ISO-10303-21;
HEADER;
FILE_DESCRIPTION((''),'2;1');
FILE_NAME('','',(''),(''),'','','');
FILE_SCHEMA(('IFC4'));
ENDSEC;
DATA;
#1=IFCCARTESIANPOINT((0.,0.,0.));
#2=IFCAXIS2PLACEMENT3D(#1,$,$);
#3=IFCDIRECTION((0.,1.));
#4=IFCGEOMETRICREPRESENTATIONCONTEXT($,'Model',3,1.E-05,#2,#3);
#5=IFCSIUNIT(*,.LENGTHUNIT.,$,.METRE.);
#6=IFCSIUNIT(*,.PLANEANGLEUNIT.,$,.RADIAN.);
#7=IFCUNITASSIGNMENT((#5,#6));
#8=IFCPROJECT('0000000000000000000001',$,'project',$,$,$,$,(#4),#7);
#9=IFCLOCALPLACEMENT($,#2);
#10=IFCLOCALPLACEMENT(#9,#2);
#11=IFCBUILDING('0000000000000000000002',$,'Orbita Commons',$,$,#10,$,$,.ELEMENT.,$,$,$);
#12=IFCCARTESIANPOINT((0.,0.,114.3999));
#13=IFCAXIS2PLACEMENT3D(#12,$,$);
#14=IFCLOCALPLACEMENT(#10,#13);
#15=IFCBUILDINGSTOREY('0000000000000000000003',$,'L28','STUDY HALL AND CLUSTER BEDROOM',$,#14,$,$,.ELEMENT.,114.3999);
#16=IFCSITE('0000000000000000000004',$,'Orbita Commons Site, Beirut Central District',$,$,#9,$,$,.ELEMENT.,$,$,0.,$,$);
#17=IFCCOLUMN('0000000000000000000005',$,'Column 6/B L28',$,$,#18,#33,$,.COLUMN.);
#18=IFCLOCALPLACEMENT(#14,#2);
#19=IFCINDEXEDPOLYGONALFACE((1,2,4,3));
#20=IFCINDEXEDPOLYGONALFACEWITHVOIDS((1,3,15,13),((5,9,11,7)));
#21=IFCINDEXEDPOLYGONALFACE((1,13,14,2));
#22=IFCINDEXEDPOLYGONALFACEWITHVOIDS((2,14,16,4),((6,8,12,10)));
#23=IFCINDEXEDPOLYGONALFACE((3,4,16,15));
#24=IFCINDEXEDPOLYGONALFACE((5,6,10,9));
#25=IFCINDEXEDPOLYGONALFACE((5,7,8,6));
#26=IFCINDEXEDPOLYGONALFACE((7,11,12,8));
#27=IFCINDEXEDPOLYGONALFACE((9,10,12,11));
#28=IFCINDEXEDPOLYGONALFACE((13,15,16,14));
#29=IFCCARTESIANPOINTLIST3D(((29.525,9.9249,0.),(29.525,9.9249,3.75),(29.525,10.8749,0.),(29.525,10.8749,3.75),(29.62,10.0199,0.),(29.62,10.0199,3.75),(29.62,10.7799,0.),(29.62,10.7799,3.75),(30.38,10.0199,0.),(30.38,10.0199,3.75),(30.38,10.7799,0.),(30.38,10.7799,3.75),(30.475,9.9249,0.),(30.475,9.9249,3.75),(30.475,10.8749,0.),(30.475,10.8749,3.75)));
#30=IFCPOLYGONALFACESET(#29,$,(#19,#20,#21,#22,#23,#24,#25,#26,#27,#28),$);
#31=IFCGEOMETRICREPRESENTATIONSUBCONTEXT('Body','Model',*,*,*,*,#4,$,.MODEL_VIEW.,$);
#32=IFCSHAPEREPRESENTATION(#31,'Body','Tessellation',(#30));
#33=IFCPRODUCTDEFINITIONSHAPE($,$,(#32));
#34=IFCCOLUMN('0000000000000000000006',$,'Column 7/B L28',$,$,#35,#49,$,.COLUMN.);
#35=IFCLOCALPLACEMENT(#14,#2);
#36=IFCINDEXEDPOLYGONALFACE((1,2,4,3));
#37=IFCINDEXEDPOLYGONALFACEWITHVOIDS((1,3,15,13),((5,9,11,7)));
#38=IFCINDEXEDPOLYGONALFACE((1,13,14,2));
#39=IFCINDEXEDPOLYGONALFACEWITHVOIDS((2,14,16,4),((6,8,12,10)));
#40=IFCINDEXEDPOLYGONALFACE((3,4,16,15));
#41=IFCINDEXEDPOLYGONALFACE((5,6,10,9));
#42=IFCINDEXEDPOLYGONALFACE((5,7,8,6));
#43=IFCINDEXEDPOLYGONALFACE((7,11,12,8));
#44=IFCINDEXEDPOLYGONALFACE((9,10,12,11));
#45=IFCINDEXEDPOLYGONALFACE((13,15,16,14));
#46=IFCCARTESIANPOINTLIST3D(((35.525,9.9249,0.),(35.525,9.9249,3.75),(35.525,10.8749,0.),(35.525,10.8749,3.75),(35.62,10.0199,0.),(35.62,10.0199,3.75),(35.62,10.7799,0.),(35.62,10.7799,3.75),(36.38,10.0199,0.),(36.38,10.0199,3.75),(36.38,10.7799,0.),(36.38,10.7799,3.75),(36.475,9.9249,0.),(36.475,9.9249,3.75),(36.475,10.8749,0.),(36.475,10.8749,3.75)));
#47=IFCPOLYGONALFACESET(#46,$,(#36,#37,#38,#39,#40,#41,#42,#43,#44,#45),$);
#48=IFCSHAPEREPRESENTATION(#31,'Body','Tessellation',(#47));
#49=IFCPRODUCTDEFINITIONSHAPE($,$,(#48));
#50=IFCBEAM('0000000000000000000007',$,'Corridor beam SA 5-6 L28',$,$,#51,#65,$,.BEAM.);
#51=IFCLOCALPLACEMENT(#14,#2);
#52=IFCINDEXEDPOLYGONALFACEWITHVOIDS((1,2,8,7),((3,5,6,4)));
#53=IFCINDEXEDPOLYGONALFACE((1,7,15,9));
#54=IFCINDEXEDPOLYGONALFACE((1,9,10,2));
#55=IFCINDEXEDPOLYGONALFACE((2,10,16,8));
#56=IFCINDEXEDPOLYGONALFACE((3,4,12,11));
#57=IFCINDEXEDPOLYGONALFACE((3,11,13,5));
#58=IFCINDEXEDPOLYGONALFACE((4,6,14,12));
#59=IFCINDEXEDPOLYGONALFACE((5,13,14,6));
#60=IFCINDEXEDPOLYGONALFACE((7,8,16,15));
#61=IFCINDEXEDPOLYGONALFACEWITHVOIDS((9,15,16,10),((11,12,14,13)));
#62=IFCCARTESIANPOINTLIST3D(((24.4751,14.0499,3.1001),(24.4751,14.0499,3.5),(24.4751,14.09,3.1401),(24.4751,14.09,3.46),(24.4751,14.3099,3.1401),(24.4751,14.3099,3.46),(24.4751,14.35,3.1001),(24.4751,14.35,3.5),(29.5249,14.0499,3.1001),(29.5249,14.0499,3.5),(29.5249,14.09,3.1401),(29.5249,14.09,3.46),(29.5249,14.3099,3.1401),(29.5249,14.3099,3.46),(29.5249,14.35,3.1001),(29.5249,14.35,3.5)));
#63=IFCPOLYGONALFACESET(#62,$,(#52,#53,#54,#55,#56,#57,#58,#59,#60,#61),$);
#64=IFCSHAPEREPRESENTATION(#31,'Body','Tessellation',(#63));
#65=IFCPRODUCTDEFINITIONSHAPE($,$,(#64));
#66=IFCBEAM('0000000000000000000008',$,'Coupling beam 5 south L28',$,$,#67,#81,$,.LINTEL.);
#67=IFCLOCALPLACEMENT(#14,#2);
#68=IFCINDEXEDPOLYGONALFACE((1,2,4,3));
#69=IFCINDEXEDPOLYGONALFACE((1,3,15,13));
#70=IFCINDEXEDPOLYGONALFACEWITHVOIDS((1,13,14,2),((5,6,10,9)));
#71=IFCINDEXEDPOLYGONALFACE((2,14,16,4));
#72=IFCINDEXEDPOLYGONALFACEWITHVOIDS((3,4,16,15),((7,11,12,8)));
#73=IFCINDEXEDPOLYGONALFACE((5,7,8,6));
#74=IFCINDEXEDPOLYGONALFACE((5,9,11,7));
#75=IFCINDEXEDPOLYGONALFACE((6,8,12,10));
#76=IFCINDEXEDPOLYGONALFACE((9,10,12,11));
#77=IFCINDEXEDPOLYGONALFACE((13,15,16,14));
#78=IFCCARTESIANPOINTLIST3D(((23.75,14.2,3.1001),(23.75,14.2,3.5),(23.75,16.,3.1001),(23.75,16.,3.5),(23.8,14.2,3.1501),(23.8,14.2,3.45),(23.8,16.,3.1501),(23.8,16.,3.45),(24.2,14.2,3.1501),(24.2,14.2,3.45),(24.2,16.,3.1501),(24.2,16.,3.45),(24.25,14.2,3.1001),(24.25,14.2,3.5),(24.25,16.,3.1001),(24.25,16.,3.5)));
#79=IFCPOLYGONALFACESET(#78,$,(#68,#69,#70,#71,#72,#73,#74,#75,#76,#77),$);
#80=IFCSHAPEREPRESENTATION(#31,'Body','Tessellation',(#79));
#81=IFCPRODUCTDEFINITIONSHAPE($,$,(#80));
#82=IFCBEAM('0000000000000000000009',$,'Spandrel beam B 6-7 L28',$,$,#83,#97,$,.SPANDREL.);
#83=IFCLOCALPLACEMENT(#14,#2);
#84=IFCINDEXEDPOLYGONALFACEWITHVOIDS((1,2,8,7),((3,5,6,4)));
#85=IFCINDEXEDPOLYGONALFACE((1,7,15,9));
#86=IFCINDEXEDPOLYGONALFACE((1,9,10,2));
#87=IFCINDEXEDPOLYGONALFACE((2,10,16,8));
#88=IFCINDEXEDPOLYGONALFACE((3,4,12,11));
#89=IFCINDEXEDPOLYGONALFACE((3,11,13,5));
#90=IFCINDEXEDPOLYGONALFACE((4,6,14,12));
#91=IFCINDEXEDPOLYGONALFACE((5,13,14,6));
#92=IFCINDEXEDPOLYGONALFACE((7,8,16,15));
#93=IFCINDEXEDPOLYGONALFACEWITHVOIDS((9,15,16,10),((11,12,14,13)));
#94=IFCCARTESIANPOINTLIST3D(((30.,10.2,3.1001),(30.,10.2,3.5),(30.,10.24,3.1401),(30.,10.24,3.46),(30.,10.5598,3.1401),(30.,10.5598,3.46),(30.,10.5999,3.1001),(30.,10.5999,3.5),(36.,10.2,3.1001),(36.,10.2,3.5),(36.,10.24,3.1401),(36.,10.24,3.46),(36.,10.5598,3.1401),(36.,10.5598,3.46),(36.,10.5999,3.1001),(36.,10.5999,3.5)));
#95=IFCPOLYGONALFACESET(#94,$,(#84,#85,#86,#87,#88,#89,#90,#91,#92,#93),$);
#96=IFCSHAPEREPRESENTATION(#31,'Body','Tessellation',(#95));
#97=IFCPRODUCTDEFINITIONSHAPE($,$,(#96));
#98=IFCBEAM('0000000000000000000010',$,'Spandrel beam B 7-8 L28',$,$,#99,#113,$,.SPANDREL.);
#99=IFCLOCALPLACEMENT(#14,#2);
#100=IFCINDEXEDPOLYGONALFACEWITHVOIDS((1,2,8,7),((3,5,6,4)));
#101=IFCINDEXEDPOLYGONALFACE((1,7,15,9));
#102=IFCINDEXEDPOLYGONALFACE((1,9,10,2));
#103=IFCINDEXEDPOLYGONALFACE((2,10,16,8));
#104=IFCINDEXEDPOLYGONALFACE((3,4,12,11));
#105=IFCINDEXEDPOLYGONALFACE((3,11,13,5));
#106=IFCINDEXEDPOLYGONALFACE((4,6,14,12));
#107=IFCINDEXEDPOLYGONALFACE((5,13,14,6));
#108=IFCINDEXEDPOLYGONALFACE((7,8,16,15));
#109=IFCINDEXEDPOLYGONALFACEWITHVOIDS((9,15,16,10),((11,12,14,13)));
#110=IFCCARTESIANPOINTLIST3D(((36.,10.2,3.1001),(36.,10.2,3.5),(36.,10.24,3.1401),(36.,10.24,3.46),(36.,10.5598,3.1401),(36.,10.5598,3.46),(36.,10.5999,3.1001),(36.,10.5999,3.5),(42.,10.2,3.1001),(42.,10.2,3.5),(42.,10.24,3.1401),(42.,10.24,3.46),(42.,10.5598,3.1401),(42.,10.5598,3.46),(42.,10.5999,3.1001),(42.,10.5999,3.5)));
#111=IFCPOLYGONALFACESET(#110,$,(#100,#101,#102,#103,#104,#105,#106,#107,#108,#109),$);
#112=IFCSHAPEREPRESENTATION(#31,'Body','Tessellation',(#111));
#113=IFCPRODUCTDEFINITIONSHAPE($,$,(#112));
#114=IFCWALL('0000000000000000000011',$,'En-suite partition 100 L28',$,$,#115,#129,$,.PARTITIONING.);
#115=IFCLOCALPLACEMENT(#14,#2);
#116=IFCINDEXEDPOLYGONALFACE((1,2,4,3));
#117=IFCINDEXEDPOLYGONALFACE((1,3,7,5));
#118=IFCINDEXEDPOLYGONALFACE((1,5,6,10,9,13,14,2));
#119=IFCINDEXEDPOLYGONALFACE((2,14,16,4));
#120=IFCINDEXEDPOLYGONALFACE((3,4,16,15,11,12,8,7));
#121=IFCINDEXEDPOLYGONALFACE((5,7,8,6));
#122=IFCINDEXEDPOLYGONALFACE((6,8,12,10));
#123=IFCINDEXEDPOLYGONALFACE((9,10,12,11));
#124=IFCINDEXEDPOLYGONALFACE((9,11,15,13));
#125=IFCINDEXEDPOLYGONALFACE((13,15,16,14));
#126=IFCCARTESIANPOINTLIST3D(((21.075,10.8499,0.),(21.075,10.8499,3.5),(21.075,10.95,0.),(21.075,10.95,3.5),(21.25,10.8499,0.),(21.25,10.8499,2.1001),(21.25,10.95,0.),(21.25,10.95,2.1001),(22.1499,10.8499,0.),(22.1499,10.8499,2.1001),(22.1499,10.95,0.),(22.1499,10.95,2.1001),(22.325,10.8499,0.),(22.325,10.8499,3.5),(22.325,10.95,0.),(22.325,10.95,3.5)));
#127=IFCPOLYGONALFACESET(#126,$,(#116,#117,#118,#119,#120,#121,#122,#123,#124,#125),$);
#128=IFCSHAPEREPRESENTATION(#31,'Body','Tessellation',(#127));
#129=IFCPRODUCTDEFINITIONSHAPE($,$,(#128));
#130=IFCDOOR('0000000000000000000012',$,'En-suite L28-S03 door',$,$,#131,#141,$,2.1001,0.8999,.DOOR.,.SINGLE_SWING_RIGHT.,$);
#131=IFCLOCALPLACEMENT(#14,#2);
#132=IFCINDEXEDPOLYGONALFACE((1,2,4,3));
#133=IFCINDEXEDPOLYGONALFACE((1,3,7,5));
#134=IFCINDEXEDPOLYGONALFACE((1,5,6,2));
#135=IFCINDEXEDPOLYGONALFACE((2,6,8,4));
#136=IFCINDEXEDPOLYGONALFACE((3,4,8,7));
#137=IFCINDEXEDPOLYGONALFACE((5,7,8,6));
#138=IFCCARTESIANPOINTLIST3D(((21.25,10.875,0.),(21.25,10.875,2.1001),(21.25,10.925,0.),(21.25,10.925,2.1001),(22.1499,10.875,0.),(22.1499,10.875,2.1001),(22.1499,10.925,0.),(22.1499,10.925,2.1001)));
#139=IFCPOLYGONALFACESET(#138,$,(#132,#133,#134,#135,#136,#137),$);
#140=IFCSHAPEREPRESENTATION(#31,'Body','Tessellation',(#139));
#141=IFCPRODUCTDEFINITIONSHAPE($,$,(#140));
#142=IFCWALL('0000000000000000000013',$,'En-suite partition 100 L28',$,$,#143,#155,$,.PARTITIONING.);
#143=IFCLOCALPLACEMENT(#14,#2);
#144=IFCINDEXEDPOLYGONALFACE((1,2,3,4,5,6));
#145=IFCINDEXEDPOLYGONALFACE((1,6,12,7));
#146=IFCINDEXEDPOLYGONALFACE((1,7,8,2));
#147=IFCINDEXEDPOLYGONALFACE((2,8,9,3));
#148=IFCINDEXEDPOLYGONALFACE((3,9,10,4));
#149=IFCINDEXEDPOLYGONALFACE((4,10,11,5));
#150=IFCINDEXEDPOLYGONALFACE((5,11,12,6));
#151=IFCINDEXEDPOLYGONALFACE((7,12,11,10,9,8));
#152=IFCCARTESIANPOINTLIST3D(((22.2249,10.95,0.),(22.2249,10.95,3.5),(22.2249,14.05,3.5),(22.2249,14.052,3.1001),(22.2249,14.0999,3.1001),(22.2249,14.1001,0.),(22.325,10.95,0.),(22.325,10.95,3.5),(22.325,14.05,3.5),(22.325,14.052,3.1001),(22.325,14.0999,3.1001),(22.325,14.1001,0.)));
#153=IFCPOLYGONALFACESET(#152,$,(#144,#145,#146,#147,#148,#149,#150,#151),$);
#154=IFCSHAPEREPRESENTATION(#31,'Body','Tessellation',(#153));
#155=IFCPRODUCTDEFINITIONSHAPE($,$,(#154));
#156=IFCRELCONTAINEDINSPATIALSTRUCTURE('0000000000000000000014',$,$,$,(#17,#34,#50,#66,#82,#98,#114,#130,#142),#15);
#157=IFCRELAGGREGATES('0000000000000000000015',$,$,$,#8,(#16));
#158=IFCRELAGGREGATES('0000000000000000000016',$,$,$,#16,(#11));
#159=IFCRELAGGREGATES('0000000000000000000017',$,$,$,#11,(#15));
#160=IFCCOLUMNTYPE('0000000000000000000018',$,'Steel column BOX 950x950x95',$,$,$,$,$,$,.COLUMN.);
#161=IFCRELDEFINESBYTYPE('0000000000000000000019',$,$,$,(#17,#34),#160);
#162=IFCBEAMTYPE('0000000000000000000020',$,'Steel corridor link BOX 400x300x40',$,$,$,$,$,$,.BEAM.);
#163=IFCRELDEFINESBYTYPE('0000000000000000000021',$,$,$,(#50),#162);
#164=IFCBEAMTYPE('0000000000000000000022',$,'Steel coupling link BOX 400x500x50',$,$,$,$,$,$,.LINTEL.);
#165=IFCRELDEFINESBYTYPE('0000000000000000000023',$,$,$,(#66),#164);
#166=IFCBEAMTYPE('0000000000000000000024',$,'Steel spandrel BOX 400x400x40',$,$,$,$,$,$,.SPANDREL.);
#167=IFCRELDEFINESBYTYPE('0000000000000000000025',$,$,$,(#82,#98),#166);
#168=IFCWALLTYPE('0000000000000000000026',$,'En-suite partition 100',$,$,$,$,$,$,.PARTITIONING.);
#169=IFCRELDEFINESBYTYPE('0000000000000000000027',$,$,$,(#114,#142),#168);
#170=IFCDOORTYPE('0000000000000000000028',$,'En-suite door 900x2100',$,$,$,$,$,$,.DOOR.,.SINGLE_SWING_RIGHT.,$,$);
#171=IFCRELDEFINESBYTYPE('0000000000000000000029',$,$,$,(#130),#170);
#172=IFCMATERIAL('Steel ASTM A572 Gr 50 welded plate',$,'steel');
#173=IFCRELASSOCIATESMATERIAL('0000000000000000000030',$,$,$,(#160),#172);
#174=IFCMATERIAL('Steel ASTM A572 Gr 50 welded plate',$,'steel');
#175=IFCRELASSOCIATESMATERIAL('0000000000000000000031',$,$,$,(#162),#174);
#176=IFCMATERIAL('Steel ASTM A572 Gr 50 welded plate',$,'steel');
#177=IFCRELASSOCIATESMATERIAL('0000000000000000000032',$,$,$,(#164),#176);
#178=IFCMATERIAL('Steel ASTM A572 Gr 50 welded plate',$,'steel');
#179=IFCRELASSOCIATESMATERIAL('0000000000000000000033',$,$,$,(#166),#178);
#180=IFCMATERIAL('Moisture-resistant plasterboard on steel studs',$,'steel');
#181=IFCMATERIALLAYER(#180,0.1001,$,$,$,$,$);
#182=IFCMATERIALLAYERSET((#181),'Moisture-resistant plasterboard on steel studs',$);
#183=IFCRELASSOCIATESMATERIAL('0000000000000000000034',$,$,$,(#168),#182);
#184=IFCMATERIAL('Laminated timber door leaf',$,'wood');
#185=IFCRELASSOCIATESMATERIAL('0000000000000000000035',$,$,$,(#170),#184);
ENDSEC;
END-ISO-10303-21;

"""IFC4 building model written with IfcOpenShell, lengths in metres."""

from ifc_helpers import new_model, si_unit, direction, frame, frame_2d, origin, origin_2d, place, context, subcontext, project, spatial, polyline, rectangle, hollow_rectangle, outline, extrude, material, layer, layer_set, material_profile, profile_set, type_object, element, fill, save


model = new_model("IFC4")

# Units and contexts
model_context = context("Model", 3, precision=1e-05, world=origin(), true_north=direction((0.0, 1.0)))
body_context = subcontext(model_context, "Body", "Model", "MODEL_VIEW")
ifc_project = project(units=[si_unit("LENGTHUNIT", "METRE"), si_unit("PLANEANGLEUNIT", "RADIAN")], contexts=[model_context])

# Site, building, storey
site_placement = place(None, origin())
site = spatial("IfcSite", under=ifc_project, at=site_placement, Name="Orbita Commons Site, Beirut Central District", CompositionType="ELEMENT", RefElevation=0.0)
building_placement = place(site_placement, origin())
building = spatial("IfcBuilding", under=site, at=building_placement, Name="Orbita Commons", CompositionType="ELEMENT")
storey_placement = place(building_placement, frame((0.0, 0.0, 114.3999)))
storey = spatial("IfcBuildingStorey", under=building, at=storey_placement, Name="L28", Description="STUDY HALL AND CLUSTER BEDROOM", CompositionType="ELEMENT", Elevation=114.3999)

# Columns
ifc_material_1 = material(Name="Steel ASTM A572 Gr 50 welded plate", Category="steel")
ifc_material_profile_1 = material_profile(ifc_material_1, hollow_rectangle(XDim=0.95, YDim=0.95, WallThickness=0.095, at=origin_2d()), Name="BOX 950x950x95")
ifc_profile_set_1 = profile_set([ifc_material_profile_1], Name="Steel ASTM A572 Gr 50 welded plate")
column_type = type_object("IfcColumnType", Name="Steel column BOX 950x950x95", PredefinedType="COLUMN", material=ifc_profile_set_1)
for number, where, z_axis, x_axis, name in (
    (1, (30.0, 10.3999, 0.0), (0.0, 0.0, 1.0), (1.0, 0.0, 0.0), "Column 6/B L28"),
    (2, (36.0, 10.3999, 0.0), (0.0, 0.0, 1.0), (1.0, 0.0, 0.0), "Column 7/B L28"),
):
    element("IfcColumn", number, at=place(storey_placement, frame(where, z_axis=z_axis, x_axis=x_axis)), inside=storey, type_object=column_type, Name=name, PredefinedType="COLUMN", context=body_context, shape_type="SweptSolid", body=[
        extrude(hollow_rectangle(XDim=0.95, YDim=0.95, WallThickness=0.095, at=origin_2d()), origin(), (0.0, 0.0, 1.0), 3.75),
    ])

# Beams
ifc_material_2 = material(Name="Steel ASTM A572 Gr 50 welded plate", Category="steel")
ifc_material_profile_2 = material_profile(ifc_material_2, hollow_rectangle(XDim=0.3, YDim=0.3999, WallThickness=0.04, at=origin_2d()), Name="BOX 400x300x40")
ifc_profile_set_2 = profile_set([ifc_material_profile_2], Name="Steel ASTM A572 Gr 50 welded plate")
beam_type_1 = type_object("IfcBeamType", Name="Steel corridor link BOX 400x300x40", PredefinedType="BEAM", material=ifc_profile_set_2)
beam_1_placement = place(storey_placement, frame((24.4751, 14.2, 3.3), z_axis=(1.0, 0.0, 0.0), x_axis=(0.0, 1.0, 0.0)))
element("IfcBeam", 3, at=beam_1_placement, inside=storey, type_object=beam_type_1, Name="Corridor beam SA 5-6 L28", PredefinedType="BEAM", context=body_context, shape_type="SweptSolid", body=[
    extrude(hollow_rectangle(XDim=0.3, YDim=0.3999, WallThickness=0.04, at=origin_2d()), origin(), (0.0, 0.0, 1.0), 5.0498),
])
ifc_material_3 = material(Name="Steel ASTM A572 Gr 50 welded plate", Category="steel")
ifc_material_profile_3 = material_profile(ifc_material_3, hollow_rectangle(XDim=0.5, YDim=0.3999, WallThickness=0.05, at=origin_2d()), Name="BOX 400x500x50")
ifc_profile_set_3 = profile_set([ifc_material_profile_3], Name="Steel ASTM A572 Gr 50 welded plate")
beam_type_2 = type_object("IfcBeamType", Name="Steel coupling link BOX 400x500x50", PredefinedType="LINTEL", material=ifc_profile_set_3)
beam_2_placement = place(storey_placement, frame((24.0, 14.2, 3.3), z_axis=(0.0, 1.0, 0.0), x_axis=(-1.0, 0.0, 0.0)))
element("IfcBeam", 4, at=beam_2_placement, inside=storey, type_object=beam_type_2, Name="Coupling beam 5 south L28", PredefinedType="LINTEL", context=body_context, shape_type="SweptSolid", body=[
    extrude(hollow_rectangle(XDim=0.5, YDim=0.3999, WallThickness=0.05, at=origin_2d()), origin(), (0.0, 0.0, 1.0), 1.8),
])
ifc_material_4 = material(Name="Steel ASTM A572 Gr 50 welded plate", Category="steel")
ifc_material_profile_4 = material_profile(ifc_material_4, hollow_rectangle(XDim=0.3999, YDim=0.3999, WallThickness=0.04, at=origin_2d()), Name="BOX 400x400x40")
ifc_profile_set_4 = profile_set([ifc_material_profile_4], Name="Steel ASTM A572 Gr 50 welded plate")
beam_type_3 = type_object("IfcBeamType", Name="Steel spandrel BOX 400x400x40", PredefinedType="SPANDREL", material=ifc_profile_set_4)
for number, where, z_axis, x_axis, name in (
    (5, (30.0, 10.3999, 3.3), (1.0, 0.0, 0.0), (0.0, 1.0, 0.0), "Spandrel beam B 6-7 L28"),
    (6, (36.0, 10.3999, 3.3), (1.0, 0.0, 0.0), (0.0, 1.0, 0.0), "Spandrel beam B 7-8 L28"),
):
    element("IfcBeam", number, at=place(storey_placement, frame(where, z_axis=z_axis, x_axis=x_axis)), inside=storey, type_object=beam_type_3, Name=name, PredefinedType="SPANDREL", context=body_context, shape_type="SweptSolid", body=[
        extrude(hollow_rectangle(XDim=0.3999, YDim=0.3999, WallThickness=0.04, at=origin_2d()), origin(), (0.0, 0.0, 1.0), 6.0),
    ])

# Wall, opening, door
ifc_material_5 = material(Name="Moisture-resistant plasterboard on steel studs", Category="steel")
ifc_layer = layer(ifc_material_5, 0.1001)
ifc_layer_set = layer_set([ifc_layer], Name="Moisture-resistant plasterboard on steel studs")
wall_type = type_object("IfcWallType", Name="En-suite partition 100", PredefinedType="PARTITIONING", material=ifc_layer_set)
wall_1_placement = place(storey_placement, frame((22.325, 10.8999, 0.0), z_axis=(0.0, 0.0, 1.0), x_axis=(-1.0, 0.0, 0.0)))
wall_1 = element("IfcWall", 7, at=wall_1_placement, inside=storey, type_object=wall_type, Name="En-suite partition 100 L28", PredefinedType="PARTITIONING", context=body_context, shape_type="SweptSolid", body=[
    extrude(rectangle(XDim=1.25, YDim=0.1001, at=frame_2d((0.625, 0.0))), origin(), (0.0, 0.0, 1.0), 3.5),
])
opening_1_placement = place(wall_1_placement, frame((0.175, 0.0, 0.0)))
opening_1 = element("IfcOpeningElement", 8, at=opening_1_placement, cuts=wall_1, PredefinedType="OPENING", context=body_context, shape_type="SweptSolid", body=[
    extrude(rectangle(XDim=0.8999, YDim=2.1001, at=frame_2d((0.45, 1.05))), frame((0.0, 0.0601, 0.0), z_axis=(0.0, -1.0, 0.0), x_axis=(1.0, 0.0, 0.0)), (0.0, 0.0, 1.0), 0.1201),
])
ifc_material_6 = material(Name="Laminated timber door leaf", Category="wood")
door_type = type_object("IfcDoorType", Name="En-suite door 900x2100", OperationType="SINGLE_SWING_RIGHT", PredefinedType="DOOR", material=ifc_material_6)
door_1_placement = place(opening_1_placement, origin())
door_1 = element("IfcDoor", 9, at=door_1_placement, inside=storey, type_object=door_type, Name="En-suite L28-S03 door", OperationType="SINGLE_SWING_RIGHT", OverallHeight=2.1001, OverallWidth=0.8999, PredefinedType="DOOR", context=body_context, shape_type="SweptSolid", body=[
    extrude(rectangle(XDim=0.8999, YDim=2.1001, at=frame_2d((0.45, 1.05))), frame((0.0, 0.0249, 0.0), z_axis=(0.0, -1.0, 0.0), x_axis=(1.0, 0.0, 0.0)), (0.0, 0.0, 1.0), 0.05),
])
fill(opening_1, door_1)

# Wall
wall_2_placement = place(storey_placement, frame((22.2749, 10.95, 0.0), z_axis=(0.0, 0.0, 1.0), x_axis=(0.0, 1.0, 0.0)))
element("IfcWall", 10, at=wall_2_placement, inside=storey, type_object=wall_type, Name="En-suite partition 100 L28", PredefinedType="PARTITIONING", context=body_context, shape_type="SweptSolid", body=[
    extrude(outline(polyline([(0.0, 0.0), (3.1501, 0.0), (3.1499, 3.1001), (3.1021, 3.1001), (3.1001, 3.5), (0.0, 3.5), (0.0, 0.0)])), frame((0.0, 0.05, 0.0), z_axis=(0.0, -1.0, 0.0), x_axis=(1.0, 0.0, 0.0)), (0.0, 0.0, 1.0), 0.1001),
])

save(model, "model.ifc")
